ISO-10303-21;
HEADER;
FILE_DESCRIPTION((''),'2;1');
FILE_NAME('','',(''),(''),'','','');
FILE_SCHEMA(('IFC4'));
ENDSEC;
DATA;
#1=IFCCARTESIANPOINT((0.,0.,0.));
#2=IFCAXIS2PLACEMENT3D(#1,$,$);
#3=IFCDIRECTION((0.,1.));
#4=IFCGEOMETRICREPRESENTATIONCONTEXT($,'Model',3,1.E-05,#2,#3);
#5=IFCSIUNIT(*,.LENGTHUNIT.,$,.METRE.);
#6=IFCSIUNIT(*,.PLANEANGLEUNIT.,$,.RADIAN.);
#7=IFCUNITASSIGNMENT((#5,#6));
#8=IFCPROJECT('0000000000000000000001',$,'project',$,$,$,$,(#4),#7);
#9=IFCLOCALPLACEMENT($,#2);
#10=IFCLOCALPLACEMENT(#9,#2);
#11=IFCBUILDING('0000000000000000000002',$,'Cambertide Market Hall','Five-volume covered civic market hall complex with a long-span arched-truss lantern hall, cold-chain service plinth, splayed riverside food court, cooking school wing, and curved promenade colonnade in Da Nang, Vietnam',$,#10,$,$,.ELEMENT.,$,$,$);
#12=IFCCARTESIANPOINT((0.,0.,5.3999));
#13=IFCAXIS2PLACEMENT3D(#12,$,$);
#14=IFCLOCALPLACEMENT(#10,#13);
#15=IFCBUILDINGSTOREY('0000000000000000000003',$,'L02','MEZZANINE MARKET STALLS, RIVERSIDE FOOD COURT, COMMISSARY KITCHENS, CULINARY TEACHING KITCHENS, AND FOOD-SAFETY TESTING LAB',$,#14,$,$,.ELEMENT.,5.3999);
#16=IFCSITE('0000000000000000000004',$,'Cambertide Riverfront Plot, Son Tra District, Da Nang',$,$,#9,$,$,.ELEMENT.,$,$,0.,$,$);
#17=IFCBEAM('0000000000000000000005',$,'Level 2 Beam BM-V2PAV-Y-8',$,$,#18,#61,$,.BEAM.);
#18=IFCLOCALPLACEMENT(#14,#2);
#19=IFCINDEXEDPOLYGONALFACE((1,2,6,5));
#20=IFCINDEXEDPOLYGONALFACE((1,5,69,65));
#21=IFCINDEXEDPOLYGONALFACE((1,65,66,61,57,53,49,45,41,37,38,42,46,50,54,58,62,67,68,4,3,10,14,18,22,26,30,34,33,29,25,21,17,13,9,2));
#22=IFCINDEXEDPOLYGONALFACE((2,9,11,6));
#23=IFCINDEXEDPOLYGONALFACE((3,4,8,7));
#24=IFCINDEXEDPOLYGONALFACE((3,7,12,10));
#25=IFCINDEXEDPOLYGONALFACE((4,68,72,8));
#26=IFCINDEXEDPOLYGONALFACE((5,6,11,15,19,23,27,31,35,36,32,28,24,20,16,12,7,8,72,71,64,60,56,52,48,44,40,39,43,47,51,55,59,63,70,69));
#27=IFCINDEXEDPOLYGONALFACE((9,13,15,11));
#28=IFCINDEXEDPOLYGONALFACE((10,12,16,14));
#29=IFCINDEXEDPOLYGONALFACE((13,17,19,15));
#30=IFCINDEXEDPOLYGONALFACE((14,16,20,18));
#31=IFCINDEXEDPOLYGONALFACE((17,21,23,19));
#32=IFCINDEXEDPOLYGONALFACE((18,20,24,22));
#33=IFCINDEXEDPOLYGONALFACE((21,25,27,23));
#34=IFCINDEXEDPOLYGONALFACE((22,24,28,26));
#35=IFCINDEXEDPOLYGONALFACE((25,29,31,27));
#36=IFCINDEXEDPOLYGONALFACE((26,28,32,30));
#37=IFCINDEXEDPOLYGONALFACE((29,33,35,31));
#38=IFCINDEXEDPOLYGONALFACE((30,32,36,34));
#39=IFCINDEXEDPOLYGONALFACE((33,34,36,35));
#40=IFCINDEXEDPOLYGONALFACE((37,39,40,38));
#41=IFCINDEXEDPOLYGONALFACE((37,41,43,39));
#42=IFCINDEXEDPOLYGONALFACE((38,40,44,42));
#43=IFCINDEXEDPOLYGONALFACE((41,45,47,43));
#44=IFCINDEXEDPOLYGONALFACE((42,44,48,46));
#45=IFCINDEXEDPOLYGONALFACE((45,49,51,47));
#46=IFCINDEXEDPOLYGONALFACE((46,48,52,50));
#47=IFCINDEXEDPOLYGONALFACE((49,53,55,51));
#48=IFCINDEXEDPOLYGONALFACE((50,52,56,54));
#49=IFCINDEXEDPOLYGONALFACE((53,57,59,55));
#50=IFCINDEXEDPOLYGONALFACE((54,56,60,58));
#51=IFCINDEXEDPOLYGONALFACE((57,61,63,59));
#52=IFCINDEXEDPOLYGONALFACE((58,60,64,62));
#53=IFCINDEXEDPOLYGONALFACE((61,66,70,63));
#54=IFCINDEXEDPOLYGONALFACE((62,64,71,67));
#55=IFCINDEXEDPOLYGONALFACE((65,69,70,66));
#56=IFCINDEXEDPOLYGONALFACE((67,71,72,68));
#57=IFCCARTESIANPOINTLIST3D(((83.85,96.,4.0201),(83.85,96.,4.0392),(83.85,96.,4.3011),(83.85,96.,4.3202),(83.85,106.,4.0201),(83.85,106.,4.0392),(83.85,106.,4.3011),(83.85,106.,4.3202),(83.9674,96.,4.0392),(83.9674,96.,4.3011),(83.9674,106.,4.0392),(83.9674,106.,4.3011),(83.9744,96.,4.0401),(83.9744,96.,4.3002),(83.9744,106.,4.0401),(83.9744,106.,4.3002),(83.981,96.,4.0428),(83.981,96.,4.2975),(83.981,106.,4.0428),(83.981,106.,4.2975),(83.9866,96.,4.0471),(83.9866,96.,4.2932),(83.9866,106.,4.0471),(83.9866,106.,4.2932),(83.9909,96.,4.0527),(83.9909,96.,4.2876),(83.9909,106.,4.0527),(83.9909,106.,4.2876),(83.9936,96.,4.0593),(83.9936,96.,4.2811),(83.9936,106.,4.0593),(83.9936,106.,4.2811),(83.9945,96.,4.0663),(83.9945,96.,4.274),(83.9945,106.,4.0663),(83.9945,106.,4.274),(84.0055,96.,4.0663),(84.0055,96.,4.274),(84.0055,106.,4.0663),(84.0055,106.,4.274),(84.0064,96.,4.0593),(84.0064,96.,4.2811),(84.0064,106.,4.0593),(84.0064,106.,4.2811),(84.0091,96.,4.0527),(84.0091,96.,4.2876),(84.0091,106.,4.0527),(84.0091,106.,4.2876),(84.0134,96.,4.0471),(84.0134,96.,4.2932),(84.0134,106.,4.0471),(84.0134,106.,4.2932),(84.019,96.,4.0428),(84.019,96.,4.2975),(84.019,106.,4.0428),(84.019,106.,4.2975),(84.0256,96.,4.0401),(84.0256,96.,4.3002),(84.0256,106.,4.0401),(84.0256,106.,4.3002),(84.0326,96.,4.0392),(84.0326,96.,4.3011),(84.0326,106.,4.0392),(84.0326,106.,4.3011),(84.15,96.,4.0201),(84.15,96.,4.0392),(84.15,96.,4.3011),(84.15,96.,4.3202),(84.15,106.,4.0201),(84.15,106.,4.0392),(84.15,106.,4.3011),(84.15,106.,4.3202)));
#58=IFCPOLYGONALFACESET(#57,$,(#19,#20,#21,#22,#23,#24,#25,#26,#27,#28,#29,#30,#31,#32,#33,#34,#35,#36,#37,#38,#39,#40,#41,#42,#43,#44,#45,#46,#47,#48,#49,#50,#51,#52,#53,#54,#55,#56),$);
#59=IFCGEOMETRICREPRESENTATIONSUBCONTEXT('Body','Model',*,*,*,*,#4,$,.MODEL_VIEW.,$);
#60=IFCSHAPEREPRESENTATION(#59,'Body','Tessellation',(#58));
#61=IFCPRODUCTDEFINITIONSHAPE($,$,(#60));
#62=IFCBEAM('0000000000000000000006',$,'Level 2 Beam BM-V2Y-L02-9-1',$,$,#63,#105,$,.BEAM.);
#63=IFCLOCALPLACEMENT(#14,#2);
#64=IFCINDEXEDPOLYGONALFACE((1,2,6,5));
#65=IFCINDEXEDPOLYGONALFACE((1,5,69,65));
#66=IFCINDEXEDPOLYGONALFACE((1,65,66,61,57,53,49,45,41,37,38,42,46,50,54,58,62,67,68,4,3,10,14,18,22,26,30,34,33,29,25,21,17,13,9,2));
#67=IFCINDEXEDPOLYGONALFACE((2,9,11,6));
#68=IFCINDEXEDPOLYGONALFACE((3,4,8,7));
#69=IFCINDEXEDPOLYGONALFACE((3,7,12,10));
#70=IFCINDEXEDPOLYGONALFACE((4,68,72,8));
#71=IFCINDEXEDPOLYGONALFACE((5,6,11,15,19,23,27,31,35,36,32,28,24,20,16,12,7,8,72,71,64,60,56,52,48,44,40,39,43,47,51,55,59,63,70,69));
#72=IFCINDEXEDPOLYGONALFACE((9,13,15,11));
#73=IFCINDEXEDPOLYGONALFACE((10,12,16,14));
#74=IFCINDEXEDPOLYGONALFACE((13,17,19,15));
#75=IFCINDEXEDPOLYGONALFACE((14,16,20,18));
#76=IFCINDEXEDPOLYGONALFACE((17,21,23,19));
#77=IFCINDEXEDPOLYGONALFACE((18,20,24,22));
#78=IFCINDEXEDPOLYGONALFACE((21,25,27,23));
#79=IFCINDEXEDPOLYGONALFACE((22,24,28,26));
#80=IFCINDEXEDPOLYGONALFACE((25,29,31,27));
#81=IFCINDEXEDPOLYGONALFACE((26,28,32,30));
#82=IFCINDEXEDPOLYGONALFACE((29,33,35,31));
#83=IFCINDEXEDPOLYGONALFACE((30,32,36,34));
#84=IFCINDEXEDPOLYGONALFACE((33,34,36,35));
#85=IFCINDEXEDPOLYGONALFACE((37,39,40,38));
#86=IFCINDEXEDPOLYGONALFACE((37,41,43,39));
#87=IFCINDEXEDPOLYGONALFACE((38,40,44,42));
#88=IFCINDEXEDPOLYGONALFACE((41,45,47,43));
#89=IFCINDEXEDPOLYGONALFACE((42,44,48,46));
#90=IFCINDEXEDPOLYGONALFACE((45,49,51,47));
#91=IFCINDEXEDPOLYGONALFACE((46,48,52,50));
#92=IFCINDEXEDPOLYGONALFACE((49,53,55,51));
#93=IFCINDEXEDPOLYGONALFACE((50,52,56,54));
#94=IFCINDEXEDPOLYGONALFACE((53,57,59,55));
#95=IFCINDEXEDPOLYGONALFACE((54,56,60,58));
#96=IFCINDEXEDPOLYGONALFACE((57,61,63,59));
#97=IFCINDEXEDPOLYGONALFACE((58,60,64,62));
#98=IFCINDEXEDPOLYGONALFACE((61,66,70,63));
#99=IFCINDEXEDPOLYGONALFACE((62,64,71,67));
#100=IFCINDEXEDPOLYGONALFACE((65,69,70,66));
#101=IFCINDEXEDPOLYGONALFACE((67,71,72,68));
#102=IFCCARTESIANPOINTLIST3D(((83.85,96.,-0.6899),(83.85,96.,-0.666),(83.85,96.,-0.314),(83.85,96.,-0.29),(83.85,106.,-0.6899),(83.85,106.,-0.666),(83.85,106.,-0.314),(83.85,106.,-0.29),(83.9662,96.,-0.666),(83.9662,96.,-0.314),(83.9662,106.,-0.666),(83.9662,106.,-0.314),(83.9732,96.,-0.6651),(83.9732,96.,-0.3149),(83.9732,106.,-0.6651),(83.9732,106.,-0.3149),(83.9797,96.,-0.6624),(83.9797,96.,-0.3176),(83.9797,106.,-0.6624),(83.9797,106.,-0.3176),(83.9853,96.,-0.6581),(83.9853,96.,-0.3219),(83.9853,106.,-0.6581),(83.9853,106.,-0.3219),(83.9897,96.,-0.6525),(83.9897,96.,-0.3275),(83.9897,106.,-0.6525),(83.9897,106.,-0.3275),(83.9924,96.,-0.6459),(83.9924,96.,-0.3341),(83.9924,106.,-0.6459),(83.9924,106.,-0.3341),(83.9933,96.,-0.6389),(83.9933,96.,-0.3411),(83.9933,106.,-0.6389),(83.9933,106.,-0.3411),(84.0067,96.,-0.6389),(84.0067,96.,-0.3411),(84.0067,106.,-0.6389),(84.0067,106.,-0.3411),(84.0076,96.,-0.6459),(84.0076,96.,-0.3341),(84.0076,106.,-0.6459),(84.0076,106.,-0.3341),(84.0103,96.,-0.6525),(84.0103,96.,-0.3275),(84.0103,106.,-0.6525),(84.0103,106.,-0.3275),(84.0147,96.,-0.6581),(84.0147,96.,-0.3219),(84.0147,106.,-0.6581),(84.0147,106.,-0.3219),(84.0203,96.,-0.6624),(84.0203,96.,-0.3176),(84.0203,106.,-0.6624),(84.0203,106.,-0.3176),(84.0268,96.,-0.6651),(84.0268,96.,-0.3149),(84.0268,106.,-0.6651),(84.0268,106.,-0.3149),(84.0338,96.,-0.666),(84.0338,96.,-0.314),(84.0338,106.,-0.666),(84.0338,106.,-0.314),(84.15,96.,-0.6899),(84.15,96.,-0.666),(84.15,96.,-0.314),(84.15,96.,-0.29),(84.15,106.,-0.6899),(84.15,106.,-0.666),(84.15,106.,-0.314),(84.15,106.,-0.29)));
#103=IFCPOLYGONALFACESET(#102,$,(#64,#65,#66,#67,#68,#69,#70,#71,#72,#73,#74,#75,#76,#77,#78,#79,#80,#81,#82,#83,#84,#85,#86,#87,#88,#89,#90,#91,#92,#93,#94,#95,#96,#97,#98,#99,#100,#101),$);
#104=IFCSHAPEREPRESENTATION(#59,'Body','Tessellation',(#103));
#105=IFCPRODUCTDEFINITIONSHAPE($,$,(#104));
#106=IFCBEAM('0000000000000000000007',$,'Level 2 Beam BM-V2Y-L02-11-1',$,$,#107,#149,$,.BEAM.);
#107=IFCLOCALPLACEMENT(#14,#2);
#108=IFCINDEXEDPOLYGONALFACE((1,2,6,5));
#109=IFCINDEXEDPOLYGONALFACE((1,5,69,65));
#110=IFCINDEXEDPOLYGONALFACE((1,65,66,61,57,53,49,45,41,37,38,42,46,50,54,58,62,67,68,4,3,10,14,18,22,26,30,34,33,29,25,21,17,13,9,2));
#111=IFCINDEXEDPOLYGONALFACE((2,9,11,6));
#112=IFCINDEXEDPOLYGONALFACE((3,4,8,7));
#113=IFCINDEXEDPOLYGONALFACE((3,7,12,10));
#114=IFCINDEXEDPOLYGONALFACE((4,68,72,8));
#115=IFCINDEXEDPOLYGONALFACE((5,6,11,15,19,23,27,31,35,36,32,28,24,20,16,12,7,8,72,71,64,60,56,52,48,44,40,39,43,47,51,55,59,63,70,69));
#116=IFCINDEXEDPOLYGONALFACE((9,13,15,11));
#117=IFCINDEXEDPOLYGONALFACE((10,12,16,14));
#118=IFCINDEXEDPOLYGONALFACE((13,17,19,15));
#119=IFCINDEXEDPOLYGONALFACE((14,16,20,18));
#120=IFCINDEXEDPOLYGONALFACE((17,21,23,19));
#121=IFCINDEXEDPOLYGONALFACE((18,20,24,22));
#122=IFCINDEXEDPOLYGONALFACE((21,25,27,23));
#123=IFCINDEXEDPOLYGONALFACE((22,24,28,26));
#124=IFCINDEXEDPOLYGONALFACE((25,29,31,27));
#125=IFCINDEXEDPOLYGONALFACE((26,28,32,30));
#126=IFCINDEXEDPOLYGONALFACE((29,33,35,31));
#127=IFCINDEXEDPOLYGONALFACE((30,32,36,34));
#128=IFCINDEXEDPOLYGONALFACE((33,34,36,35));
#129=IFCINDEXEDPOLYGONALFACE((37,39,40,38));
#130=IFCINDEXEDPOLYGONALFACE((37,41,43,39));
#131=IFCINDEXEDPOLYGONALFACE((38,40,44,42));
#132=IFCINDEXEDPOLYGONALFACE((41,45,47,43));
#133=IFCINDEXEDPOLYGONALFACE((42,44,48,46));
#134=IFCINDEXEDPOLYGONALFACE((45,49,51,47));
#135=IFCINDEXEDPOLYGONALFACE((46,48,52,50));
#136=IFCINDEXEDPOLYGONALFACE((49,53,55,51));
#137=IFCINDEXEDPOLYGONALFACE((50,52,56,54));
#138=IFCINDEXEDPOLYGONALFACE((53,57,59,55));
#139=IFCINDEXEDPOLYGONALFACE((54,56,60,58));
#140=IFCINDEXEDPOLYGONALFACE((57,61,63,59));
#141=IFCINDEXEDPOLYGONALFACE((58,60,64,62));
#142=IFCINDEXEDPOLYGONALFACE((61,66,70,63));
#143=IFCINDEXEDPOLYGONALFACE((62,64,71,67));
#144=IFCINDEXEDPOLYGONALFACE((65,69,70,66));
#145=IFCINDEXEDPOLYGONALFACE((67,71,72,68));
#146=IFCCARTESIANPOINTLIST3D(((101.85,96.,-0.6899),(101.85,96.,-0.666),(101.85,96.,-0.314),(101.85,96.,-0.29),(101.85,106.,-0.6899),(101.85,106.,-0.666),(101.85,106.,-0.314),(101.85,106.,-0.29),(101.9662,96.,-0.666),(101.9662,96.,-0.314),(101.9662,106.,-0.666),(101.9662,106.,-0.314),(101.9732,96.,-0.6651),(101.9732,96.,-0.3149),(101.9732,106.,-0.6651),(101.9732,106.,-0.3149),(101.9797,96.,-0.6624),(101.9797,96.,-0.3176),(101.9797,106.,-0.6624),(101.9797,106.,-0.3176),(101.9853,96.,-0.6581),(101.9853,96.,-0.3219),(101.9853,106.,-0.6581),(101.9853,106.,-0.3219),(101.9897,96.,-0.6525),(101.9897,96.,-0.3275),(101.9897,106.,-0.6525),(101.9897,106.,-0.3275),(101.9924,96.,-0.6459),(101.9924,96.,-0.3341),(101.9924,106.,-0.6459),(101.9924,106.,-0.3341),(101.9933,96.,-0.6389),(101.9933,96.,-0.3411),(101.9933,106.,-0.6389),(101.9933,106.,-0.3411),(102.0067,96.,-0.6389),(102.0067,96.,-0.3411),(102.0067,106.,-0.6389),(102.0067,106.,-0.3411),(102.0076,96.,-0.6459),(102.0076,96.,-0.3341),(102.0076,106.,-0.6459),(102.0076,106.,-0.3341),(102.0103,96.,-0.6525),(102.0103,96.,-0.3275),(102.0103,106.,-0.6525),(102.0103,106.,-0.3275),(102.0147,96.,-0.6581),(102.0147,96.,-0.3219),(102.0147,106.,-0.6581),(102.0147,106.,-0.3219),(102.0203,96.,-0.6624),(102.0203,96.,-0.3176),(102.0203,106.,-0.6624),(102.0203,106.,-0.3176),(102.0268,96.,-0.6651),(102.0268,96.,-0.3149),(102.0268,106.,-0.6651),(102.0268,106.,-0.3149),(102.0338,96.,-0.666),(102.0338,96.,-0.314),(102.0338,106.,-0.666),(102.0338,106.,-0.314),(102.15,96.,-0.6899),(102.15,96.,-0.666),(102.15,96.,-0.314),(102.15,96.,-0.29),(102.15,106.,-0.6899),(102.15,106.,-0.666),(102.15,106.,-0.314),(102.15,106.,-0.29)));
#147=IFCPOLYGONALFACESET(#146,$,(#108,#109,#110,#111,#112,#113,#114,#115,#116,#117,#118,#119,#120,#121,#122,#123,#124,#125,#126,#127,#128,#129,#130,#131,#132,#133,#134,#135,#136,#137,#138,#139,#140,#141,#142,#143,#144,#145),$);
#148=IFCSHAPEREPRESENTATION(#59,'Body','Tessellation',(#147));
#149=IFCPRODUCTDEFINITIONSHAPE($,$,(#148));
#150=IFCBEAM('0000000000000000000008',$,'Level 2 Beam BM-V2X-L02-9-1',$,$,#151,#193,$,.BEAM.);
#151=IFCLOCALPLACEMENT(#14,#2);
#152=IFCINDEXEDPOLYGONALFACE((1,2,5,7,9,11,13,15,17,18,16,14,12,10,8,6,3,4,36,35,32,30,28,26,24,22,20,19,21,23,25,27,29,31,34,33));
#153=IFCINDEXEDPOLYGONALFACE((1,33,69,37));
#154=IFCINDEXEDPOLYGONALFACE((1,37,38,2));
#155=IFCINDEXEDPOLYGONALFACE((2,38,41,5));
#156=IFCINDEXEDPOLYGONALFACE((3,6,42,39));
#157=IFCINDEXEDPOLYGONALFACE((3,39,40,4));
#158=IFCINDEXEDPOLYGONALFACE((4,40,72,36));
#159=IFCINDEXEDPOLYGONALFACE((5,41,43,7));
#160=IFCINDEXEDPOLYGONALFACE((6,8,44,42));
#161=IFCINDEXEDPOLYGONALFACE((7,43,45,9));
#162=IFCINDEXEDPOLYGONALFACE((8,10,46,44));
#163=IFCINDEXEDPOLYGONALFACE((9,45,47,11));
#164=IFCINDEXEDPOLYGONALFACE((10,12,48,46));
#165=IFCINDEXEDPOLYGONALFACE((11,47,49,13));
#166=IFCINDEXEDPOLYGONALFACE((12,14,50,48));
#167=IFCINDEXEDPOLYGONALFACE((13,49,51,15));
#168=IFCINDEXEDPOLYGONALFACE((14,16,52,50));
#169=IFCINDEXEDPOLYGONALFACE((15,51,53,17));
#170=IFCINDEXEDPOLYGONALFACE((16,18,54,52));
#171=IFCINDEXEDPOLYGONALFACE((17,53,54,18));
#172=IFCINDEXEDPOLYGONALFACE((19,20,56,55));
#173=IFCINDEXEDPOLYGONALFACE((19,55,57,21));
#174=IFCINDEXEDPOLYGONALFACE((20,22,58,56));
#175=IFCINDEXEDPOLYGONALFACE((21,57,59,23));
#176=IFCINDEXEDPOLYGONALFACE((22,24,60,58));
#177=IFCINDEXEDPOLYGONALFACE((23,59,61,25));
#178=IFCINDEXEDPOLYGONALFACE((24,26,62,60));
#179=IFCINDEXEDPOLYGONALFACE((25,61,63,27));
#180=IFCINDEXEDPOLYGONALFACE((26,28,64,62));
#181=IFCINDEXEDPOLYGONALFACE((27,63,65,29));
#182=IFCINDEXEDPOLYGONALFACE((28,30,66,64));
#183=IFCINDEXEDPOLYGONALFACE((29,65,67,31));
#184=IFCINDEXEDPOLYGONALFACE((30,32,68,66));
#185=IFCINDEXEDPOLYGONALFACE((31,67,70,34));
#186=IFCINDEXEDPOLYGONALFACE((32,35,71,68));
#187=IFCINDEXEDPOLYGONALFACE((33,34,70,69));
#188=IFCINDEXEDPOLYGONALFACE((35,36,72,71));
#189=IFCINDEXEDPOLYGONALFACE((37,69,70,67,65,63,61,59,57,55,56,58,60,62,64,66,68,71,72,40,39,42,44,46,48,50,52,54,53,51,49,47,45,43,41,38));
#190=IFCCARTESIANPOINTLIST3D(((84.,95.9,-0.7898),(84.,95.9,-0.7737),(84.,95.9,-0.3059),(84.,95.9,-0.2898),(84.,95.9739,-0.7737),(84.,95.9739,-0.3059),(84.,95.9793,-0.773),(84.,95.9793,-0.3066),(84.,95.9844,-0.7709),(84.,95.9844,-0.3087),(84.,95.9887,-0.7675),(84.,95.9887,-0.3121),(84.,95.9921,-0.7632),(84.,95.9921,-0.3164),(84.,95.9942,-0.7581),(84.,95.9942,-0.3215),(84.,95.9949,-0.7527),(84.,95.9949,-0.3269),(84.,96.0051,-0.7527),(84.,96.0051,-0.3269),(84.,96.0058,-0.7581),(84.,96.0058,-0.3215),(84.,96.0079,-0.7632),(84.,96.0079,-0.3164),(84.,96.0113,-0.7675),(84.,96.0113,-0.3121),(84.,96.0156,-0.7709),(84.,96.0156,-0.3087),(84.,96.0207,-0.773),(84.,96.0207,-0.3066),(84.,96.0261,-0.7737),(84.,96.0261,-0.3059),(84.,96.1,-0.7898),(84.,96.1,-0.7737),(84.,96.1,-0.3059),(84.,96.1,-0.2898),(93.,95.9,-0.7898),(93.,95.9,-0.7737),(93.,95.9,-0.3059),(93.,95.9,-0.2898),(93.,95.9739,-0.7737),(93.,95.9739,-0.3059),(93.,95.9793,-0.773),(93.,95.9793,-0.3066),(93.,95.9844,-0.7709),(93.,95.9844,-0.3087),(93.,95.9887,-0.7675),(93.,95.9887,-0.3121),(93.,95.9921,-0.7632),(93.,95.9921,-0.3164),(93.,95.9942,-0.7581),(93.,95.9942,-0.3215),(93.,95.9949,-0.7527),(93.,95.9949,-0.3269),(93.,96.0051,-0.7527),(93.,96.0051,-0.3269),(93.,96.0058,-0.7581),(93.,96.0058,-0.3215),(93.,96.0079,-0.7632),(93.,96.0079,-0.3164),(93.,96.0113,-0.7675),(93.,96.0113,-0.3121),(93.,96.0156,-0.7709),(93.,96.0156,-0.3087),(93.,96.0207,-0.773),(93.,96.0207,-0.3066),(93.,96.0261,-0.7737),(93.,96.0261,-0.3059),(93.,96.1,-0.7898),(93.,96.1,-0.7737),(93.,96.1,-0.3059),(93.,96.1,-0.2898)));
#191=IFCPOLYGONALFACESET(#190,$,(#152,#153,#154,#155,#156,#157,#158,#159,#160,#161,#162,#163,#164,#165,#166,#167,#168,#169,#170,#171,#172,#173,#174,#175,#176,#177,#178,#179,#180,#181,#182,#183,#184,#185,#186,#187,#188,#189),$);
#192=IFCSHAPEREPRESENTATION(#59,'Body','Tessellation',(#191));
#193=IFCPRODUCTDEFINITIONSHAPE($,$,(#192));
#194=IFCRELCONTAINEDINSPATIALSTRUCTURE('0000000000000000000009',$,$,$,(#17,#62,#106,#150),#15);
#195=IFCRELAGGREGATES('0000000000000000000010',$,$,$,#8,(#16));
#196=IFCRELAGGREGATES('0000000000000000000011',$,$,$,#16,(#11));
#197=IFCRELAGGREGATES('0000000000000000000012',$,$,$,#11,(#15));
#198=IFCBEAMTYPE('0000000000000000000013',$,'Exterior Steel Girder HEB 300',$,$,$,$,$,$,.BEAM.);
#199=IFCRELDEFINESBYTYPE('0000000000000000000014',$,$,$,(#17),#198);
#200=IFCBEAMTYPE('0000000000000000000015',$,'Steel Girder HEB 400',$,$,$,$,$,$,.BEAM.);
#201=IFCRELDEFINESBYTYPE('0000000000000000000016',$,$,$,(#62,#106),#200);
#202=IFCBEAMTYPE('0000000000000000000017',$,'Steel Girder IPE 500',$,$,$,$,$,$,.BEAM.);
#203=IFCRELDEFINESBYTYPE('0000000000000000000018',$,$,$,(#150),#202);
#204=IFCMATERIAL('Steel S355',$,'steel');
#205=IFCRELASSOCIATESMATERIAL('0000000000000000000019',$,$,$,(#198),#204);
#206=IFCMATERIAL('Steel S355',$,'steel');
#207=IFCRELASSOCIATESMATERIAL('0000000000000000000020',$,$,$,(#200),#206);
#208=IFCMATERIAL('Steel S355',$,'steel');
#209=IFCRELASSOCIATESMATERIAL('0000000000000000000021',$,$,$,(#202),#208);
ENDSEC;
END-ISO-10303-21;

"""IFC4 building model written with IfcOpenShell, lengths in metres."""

from ifc_helpers import new_model, si_unit, direction, frame, origin, origin_2d, place, context, subcontext, project, spatial, i_section, extrude, material, material_profile, profile_set, type_object, element, save


model = new_model("IFC4")

# Units and contexts
model_context = context("Model", 3, precision=1e-05, world=origin(), true_north=direction((0.0, 1.0)))
body_context = subcontext(model_context, "Body", "Model", "MODEL_VIEW")
ifc_project = project(units=[si_unit("LENGTHUNIT", "METRE"), si_unit("PLANEANGLEUNIT", "RADIAN")], contexts=[model_context])

# Site, building, storey
site_placement = place(None, origin())
site = spatial("IfcSite", under=ifc_project, at=site_placement, Name="Cambertide Riverfront Plot, Son Tra District, Da Nang", CompositionType="ELEMENT", RefElevation=0.0)
building_placement = place(site_placement, origin())
building = spatial("IfcBuilding", under=site, at=building_placement, Name="Cambertide Market Hall", Description="Five-volume covered civic market hall complex with a long-span arched-truss lantern hall, cold-chain service plinth, splayed riverside food court, cooking school wing, and curved promenade colonnade in Da Nang, Vietnam", CompositionType="ELEMENT")
storey_placement = place(building_placement, frame((0.0, 0.0, 5.3999)))
storey = spatial("IfcBuildingStorey", under=building, at=storey_placement, Name="L02", Description="MEZZANINE MARKET STALLS, RIVERSIDE FOOD COURT, COMMISSARY KITCHENS, CULINARY TEACHING KITCHENS, AND FOOD-SAFETY TESTING LAB", CompositionType="ELEMENT", Elevation=5.3999)

# Beams
ifc_material_1 = material(Name="Steel S355", Category="steel")
ifc_material_profile_1 = material_profile(ifc_material_1, i_section(OverallWidth=0.3, OverallDepth=0.3, WebThickness=0.011, FlangeThickness=0.019, FilletRadius=0.0271, at=origin_2d()), Name="HEB 300")
ifc_profile_set_1 = profile_set([ifc_material_profile_1], Name="Steel S355")
beam_type_1 = type_object("IfcBeamType", Name="Exterior Steel Girder HEB 300", PredefinedType="BEAM", material=ifc_profile_set_1)
beam_placement = place(storey_placement, frame((84.0, 96.0, 4.1702), z_axis=(0.0, 1.0, 0.0), x_axis=(-1.0, 0.0, 0.0)))
element("IfcBeam", 1, at=beam_placement, inside=storey, type_object=beam_type_1, Name="Level 2 Beam BM-V2PAV-Y-8", PredefinedType="BEAM", context=body_context, shape_type="SweptSolid", body=[
    extrude(i_section(OverallWidth=0.3, OverallDepth=0.3, WebThickness=0.011, FlangeThickness=0.019, FilletRadius=0.0271, at=origin_2d()), origin(), (0.0, 0.0, 1.0), 10.0),
])
ifc_material_2 = material(Name="Steel S355", Category="steel")
ifc_material_profile_2 = material_profile(ifc_material_2, i_section(OverallWidth=0.3, OverallDepth=0.3999, WebThickness=0.0134, FlangeThickness=0.0239, FilletRadius=0.0271, at=origin_2d()), Name="HEB 400")
ifc_profile_set_2 = profile_set([ifc_material_profile_2], Name="Steel S355")
beam_type_2 = type_object("IfcBeamType", Name="Steel Girder HEB 400", PredefinedType="BEAM", material=ifc_profile_set_2)
for number, where, z_axis, x_axis, name in (
    (2, (84.0, 96.0, -0.49), (0.0, 1.0, 0.0), (-1.0, 0.0, 0.0), "Level 2 Beam BM-V2Y-L02-9-1"),
    (3, (102.0, 96.0, -0.49), (0.0, 1.0, 0.0), (-1.0, 0.0, 0.0), "Level 2 Beam BM-V2Y-L02-11-1"),
):
    element("IfcBeam", number, at=place(storey_placement, frame(where, z_axis=z_axis, x_axis=x_axis)), inside=storey, type_object=beam_type_2, Name=name, PredefinedType="BEAM", context=body_context, shape_type="SweptSolid", body=[
        extrude(i_section(OverallWidth=0.3, OverallDepth=0.3999, WebThickness=0.0134, FlangeThickness=0.0239, FilletRadius=0.0271, at=origin_2d()), origin(), (0.0, 0.0, 1.0), 10.0),
    ])
ifc_material_3 = material(Name="Steel S355", Category="steel")
ifc_material_profile_3 = material_profile(ifc_material_3, i_section(OverallWidth=0.2, OverallDepth=0.5, WebThickness=0.0103, FlangeThickness=0.0161, FilletRadius=0.021, at=origin_2d()), Name="IPE 500")
ifc_profile_set_3 = profile_set([ifc_material_profile_3], Name="Steel S355")
beam_type_3 = type_object("IfcBeamType", Name="Steel Girder IPE 500", PredefinedType="BEAM", material=ifc_profile_set_3)
for number, where, z_axis, x_axis, name in (
    (4, (84.0, 96.0, -0.5398), (1.0, 0.0, 0.0), (0.0, 1.0, 0.0), "Level 2 Beam BM-V2X-L02-9-1"),
):
    element("IfcBeam", number, at=place(storey_placement, frame(where, z_axis=z_axis, x_axis=x_axis)), inside=storey, type_object=beam_type_3, Name=name, PredefinedType="BEAM", context=body_context, shape_type="SweptSolid", body=[
        extrude(i_section(OverallWidth=0.2, OverallDepth=0.5, WebThickness=0.0103, FlangeThickness=0.0161, FilletRadius=0.021, at=origin_2d()), origin(), (0.0, 0.0, 1.0), 9.0),
    ])

save(model, "model.ifc")
